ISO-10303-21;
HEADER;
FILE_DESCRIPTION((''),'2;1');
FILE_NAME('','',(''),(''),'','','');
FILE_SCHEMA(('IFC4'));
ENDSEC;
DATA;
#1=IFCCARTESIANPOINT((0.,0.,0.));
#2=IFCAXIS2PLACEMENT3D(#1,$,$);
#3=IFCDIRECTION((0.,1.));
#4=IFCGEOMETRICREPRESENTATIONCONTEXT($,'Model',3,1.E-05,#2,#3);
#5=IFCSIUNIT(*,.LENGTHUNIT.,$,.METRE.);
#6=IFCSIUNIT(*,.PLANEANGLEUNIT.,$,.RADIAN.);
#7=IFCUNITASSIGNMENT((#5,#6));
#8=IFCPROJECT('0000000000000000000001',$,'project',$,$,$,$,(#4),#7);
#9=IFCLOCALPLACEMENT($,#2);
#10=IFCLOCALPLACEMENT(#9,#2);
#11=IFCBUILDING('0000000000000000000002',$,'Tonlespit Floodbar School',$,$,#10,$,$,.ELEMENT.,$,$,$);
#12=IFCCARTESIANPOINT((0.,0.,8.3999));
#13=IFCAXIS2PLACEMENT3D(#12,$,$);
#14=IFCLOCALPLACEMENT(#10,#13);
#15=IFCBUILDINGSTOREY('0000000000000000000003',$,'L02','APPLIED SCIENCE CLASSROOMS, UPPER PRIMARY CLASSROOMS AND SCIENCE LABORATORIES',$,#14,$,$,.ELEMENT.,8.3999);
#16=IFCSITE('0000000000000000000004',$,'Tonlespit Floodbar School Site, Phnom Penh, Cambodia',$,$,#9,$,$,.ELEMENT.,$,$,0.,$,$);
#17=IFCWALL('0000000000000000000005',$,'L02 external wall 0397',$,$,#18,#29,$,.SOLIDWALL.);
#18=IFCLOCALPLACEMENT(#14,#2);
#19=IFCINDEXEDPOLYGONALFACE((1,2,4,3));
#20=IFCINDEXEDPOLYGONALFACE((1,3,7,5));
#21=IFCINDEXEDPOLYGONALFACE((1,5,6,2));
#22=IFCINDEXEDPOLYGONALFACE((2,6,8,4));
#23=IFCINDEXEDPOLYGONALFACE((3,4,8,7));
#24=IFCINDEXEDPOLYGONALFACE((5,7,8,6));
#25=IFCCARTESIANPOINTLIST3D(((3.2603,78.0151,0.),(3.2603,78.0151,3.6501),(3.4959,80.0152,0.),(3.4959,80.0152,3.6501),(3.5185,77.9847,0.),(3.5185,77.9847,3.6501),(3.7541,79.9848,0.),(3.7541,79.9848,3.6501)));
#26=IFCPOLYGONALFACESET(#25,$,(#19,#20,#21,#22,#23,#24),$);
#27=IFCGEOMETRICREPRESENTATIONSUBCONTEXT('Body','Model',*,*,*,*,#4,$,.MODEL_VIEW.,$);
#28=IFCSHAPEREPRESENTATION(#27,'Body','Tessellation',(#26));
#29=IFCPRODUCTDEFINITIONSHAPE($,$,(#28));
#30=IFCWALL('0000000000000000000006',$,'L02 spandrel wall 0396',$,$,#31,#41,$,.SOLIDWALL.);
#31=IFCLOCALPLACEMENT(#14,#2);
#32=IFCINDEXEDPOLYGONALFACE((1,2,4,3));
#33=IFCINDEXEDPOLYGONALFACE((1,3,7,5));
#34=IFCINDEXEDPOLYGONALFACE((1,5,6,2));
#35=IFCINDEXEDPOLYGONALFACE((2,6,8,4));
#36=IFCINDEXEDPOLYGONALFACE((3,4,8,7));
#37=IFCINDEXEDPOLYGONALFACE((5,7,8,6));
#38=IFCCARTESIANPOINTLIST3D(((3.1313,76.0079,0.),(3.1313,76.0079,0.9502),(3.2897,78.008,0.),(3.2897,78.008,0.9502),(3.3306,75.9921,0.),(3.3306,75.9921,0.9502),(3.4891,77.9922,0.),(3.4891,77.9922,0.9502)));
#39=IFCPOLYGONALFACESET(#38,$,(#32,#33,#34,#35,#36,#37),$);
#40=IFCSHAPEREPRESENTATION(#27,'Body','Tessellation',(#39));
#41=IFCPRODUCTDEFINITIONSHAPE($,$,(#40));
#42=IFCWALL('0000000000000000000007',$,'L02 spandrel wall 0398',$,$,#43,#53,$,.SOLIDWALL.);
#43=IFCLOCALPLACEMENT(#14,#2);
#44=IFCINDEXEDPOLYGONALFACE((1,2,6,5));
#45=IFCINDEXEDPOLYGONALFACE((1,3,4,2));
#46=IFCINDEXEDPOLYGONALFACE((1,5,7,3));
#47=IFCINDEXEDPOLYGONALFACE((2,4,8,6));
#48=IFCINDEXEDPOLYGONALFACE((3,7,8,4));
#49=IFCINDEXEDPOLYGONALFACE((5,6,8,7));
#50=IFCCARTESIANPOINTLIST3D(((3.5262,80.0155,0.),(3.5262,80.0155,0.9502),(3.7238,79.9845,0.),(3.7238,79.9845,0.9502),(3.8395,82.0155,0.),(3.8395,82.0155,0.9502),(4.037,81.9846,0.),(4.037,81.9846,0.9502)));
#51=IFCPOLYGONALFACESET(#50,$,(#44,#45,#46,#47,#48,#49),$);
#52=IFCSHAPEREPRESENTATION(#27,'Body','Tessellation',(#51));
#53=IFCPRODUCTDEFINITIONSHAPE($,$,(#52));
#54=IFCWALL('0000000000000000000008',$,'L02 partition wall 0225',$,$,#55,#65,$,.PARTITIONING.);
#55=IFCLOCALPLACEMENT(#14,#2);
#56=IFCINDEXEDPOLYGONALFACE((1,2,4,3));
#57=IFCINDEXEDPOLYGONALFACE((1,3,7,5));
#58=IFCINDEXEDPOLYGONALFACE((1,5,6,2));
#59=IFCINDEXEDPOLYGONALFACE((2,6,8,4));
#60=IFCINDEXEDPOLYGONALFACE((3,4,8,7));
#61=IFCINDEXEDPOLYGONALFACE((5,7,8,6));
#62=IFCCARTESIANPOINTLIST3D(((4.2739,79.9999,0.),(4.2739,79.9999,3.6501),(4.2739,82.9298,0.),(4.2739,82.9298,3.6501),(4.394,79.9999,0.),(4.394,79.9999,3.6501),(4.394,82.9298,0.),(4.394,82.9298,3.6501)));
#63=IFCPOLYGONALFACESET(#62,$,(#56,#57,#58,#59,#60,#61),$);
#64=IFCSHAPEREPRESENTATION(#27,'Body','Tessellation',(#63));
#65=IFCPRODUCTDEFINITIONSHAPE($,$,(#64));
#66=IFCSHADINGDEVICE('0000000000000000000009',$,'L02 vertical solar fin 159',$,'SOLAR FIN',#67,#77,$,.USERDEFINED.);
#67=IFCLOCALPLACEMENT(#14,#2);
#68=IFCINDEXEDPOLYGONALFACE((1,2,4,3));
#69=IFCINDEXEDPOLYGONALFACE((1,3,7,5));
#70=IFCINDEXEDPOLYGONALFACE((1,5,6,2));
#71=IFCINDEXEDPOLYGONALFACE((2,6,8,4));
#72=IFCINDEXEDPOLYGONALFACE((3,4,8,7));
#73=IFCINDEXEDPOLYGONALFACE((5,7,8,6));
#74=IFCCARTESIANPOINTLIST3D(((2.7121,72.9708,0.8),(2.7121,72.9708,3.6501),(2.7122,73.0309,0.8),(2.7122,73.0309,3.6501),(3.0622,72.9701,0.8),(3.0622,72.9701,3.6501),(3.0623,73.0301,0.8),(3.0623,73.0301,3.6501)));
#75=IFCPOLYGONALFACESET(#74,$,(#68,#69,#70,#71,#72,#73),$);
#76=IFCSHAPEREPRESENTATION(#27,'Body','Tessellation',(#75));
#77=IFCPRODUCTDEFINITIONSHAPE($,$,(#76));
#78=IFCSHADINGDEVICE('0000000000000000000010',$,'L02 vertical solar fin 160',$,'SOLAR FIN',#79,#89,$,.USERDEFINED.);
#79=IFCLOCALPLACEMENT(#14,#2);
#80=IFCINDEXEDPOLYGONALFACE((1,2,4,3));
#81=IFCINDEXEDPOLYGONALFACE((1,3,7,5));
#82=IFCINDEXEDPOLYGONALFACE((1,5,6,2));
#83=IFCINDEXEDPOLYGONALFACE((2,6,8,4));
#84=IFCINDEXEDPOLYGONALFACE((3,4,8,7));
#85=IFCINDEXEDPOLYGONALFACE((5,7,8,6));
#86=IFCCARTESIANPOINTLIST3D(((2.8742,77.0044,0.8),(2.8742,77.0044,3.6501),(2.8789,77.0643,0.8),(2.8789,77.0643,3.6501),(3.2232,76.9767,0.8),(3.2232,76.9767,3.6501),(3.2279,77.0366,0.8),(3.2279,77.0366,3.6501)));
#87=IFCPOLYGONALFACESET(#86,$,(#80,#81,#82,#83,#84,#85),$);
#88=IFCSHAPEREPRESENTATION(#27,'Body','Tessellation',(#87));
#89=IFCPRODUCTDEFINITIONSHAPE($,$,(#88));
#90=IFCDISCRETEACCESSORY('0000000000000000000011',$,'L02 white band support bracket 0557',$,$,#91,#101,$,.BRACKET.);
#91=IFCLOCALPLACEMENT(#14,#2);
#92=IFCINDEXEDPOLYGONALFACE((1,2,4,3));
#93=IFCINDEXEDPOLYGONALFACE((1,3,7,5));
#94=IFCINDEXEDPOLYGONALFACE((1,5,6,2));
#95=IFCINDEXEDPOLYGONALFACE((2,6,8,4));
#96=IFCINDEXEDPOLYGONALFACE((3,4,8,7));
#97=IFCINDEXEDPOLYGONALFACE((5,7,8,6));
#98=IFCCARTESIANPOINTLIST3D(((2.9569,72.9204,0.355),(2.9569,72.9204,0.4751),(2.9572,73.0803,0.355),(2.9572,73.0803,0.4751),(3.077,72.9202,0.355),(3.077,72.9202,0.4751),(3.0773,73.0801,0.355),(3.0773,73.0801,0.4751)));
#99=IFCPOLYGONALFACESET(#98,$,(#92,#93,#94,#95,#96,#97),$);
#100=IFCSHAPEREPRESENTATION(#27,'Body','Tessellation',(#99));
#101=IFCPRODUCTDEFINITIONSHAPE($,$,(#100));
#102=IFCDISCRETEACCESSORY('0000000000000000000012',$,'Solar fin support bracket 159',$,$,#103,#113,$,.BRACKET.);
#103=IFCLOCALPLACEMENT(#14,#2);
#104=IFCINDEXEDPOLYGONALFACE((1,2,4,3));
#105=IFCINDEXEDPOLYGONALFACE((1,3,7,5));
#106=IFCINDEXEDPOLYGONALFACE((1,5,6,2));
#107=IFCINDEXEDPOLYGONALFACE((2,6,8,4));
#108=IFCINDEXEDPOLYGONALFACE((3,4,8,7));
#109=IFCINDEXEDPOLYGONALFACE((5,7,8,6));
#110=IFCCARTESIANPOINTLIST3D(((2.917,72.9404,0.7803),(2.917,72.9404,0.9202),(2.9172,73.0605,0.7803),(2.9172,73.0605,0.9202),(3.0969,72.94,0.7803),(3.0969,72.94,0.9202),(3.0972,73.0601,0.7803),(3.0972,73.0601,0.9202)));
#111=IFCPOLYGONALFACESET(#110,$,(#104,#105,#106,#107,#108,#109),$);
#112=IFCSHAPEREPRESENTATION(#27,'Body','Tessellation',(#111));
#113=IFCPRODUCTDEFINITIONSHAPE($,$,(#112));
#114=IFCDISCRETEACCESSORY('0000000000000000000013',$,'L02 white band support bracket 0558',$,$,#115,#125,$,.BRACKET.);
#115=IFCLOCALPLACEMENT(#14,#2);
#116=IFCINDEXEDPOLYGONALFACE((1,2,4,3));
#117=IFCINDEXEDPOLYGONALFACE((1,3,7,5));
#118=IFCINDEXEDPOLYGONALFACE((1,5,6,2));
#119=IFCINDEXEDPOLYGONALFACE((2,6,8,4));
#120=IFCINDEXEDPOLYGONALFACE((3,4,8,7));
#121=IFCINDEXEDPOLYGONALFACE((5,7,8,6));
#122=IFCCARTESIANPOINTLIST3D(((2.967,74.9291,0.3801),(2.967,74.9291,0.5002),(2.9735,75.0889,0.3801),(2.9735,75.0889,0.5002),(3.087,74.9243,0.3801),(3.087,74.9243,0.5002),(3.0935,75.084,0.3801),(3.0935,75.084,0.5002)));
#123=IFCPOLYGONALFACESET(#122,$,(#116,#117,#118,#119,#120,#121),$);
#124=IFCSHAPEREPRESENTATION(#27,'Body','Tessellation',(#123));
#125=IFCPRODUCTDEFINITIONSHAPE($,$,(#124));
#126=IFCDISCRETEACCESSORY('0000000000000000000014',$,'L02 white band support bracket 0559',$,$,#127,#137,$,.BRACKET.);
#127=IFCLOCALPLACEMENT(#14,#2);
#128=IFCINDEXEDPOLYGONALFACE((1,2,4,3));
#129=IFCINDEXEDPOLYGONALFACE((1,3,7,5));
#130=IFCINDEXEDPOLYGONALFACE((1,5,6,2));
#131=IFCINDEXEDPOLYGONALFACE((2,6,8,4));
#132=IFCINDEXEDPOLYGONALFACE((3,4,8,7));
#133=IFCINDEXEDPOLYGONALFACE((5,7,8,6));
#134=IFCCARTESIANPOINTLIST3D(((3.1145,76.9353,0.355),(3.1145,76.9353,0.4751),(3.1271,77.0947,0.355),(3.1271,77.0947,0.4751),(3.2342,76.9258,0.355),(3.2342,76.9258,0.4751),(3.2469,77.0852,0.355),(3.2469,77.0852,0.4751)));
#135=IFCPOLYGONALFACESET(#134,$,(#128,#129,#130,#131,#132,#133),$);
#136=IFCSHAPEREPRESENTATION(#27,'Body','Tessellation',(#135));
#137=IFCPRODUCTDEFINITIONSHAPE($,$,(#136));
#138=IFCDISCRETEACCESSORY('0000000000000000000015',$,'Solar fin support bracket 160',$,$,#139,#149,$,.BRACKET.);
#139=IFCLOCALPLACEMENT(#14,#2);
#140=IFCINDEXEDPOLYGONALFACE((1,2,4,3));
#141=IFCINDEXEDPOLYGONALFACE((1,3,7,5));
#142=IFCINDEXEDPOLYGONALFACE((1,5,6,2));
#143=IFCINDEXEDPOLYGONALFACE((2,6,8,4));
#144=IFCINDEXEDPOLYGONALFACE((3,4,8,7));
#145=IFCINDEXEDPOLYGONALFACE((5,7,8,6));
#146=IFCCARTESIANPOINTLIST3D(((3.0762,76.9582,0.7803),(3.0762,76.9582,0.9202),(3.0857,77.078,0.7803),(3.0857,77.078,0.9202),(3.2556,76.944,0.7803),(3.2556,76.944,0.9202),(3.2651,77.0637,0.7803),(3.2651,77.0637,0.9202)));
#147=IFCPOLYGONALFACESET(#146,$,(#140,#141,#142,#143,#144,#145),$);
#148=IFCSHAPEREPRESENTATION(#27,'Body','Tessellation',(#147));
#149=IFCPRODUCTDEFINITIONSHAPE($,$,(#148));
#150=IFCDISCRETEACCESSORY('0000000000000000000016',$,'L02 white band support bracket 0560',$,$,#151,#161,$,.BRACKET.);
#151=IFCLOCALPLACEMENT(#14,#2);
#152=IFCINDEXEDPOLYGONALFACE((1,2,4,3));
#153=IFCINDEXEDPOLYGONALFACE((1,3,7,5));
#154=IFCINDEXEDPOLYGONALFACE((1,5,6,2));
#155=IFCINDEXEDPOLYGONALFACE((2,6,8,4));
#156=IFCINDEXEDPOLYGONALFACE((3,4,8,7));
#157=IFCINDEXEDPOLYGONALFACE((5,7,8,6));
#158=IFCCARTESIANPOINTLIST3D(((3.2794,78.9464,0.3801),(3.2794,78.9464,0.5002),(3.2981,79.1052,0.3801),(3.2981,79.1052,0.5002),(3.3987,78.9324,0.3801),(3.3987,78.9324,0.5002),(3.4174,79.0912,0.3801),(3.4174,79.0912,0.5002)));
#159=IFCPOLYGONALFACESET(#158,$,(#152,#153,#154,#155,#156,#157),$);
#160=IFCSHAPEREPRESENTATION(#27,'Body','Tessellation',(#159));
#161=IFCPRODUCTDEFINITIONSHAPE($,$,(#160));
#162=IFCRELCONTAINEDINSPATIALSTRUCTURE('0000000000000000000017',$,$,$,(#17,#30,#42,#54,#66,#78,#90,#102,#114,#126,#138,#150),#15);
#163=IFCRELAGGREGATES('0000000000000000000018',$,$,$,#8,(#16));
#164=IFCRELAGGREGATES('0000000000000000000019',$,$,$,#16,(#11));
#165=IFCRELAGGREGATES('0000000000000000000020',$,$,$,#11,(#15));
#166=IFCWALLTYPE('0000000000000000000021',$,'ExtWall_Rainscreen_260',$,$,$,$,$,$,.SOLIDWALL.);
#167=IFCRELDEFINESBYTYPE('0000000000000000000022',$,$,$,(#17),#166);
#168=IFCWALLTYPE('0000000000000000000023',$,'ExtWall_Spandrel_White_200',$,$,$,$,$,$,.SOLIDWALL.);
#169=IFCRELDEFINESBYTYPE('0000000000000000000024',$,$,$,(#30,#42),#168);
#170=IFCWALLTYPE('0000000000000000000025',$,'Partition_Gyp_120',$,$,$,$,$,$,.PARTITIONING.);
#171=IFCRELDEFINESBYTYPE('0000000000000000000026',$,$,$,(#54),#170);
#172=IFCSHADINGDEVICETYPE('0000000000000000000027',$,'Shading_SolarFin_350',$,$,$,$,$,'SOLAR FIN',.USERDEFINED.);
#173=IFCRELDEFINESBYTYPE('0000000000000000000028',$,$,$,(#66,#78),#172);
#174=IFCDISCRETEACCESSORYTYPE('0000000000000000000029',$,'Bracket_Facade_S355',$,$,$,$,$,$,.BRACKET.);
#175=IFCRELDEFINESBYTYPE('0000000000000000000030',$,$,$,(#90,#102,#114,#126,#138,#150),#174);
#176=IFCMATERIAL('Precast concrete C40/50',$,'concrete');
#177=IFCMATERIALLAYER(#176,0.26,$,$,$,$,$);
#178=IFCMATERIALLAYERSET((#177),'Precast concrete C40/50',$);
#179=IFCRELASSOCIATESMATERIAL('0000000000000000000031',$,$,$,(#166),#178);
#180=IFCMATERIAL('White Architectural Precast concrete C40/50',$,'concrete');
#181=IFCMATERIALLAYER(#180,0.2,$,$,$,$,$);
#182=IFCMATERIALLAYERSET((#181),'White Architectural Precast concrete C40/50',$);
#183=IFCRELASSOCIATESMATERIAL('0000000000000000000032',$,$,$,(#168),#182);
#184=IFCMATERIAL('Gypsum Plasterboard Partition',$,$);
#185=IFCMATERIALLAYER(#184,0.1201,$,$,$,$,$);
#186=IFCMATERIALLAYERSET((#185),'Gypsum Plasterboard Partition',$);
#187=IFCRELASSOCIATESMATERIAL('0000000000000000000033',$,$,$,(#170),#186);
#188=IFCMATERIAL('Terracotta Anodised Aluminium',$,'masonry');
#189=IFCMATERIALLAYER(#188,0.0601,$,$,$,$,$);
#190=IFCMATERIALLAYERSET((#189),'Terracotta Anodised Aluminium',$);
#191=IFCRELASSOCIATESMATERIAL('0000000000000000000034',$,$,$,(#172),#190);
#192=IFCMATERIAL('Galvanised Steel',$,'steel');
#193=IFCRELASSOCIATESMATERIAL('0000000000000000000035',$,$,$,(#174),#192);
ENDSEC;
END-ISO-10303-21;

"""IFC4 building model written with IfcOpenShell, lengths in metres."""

from ifc_helpers import new_model, si_unit, direction, frame, frame_2d, origin, origin_2d, place, context, subcontext, project, spatial, rectangle, extrude, material, layer, layer_set, type_object, element, save


model = new_model("IFC4")

# Units and contexts
model_context = context("Model", 3, precision=1e-05, world=origin(), true_north=direction((0.0, 1.0)))
body_context = subcontext(model_context, "Body", "Model", "MODEL_VIEW")
ifc_project = project(units=[si_unit("LENGTHUNIT", "METRE"), si_unit("PLANEANGLEUNIT", "RADIAN")], contexts=[model_context])

# Site, building, storey
site_placement = place(None, origin())
site = spatial("IfcSite", under=ifc_project, at=site_placement, Name="Tonlespit Floodbar School Site, Phnom Penh, Cambodia", CompositionType="ELEMENT", RefElevation=0.0)
building_placement = place(site_placement, origin())
building = spatial("IfcBuilding", under=site, at=building_placement, Name="Tonlespit Floodbar School", CompositionType="ELEMENT")
storey_placement = place(building_placement, frame((0.0, 0.0, 8.3999)))
storey = spatial("IfcBuildingStorey", under=building, at=storey_placement, Name="L02", Description="APPLIED SCIENCE CLASSROOMS, UPPER PRIMARY CLASSROOMS AND SCIENCE LABORATORIES", CompositionType="ELEMENT", Elevation=8.3999)

# Walls
ifc_material_1 = material(Name="Precast concrete C40/50", Category="concrete")
ifc_layer_1 = layer(ifc_material_1, 0.26)
ifc_layer_set_1 = layer_set([ifc_layer_1], Name="Precast concrete C40/50")
wall_type_1 = type_object("IfcWallType", Name="ExtWall_Rainscreen_260", PredefinedType="SOLIDWALL", material=ifc_layer_set_1)
wall_1_placement = place(storey_placement, frame((3.3894, 78.0, 0.0), z_axis=(0.0, 0.0, 1.0), x_axis=(0.116989, 0.993133, 0.0)))
element("IfcWall", 1, at=wall_1_placement, inside=storey, type_object=wall_type_1, Name="L02 external wall 0397", PredefinedType="SOLIDWALL", context=body_context, shape_type="SweptSolid", body=[
    extrude(rectangle(XDim=2.0139, YDim=0.26, at=frame_2d((1.0068, 0.0))), origin(), (0.0, 0.0, 1.0), 3.6501),
])
ifc_material_2 = material(Name="White Architectural Precast concrete C40/50", Category="concrete")
ifc_layer_2 = layer(ifc_material_2, 0.2)
ifc_layer_set_2 = layer_set([ifc_layer_2], Name="White Architectural Precast concrete C40/50")
wall_type_2 = type_object("IfcWallType", Name="ExtWall_Spandrel_White_200", PredefinedType="SOLIDWALL", material=ifc_layer_set_2)
wall_2_placement = place(storey_placement, frame((3.231, 76.0, 0.0), z_axis=(0.0, 0.0, 1.0), x_axis=(0.078976, 0.996877, 0.0)))
element("IfcWall", 2, at=wall_2_placement, inside=storey, type_object=wall_type_2, Name="L02 spandrel wall 0396", PredefinedType="SOLIDWALL", context=body_context, shape_type="SweptSolid", body=[
    extrude(rectangle(XDim=2.0063, YDim=0.2, at=frame_2d((1.0032, 0.0))), origin(), (0.0, 0.0, 1.0), 0.9502),
])
wall_3_placement = place(storey_placement, frame((3.625, 80.0, 0.0), z_axis=(0.0, 0.0, 1.0), x_axis=(0.15473, 0.987957, 0.0)))
element("IfcWall", 3, at=wall_3_placement, inside=storey, type_object=wall_type_2, Name="L02 spandrel wall 0398", PredefinedType="SOLIDWALL", context=body_context, shape_type="SweptSolid", body=[
    extrude(rectangle(XDim=2.0244, YDim=0.2, at=frame_2d((1.0122, 0.0))), origin(), (0.0, 0.0, 1.0), 0.9502),
])
ifc_material_3 = material(Name="Gypsum Plasterboard Partition")
ifc_layer_3 = layer(ifc_material_3, 0.1201)
ifc_layer_set_3 = layer_set([ifc_layer_3], Name="Gypsum Plasterboard Partition")
wall_type_3 = type_object("IfcWallType", Name="Partition_Gyp_120", PredefinedType="PARTITIONING", material=ifc_layer_set_3)
wall_4_placement = place(storey_placement, frame((4.334, 80.0, 0.0), z_axis=(0.0, 0.0, 1.0), x_axis=(0.0, 1.0, 0.0)))
element("IfcWall", 4, at=wall_4_placement, inside=storey, type_object=wall_type_3, Name="L02 partition wall 0225", PredefinedType="PARTITIONING", context=body_context, shape_type="SweptSolid", body=[
    extrude(rectangle(XDim=2.9299, YDim=0.1201, at=frame_2d((1.4648, 0.0))), origin(), (0.0, 0.0, 1.0), 3.6501),
])

# Shading devices
ifc_material_4 = material(Name="Terracotta Anodised Aluminium", Category="masonry")
ifc_layer_4 = layer(ifc_material_4, 0.0601)
ifc_layer_set_4 = layer_set([ifc_layer_4], Name="Terracotta Anodised Aluminium")
shading_device_type = type_object("IfcShadingDeviceType", Name="Shading_SolarFin_350", ElementType="SOLAR FIN", PredefinedType="USERDEFINED", material=ifc_layer_set_4)
for number, where, z_axis, x_axis, name in (
    (5, (2.8872, 73.0005, 0.8), (0.0, 0.0, 1.0), (0.002201, 0.999998, 0.0), "L02 vertical solar fin 159"),
    (6, (3.051, 77.0205, 0.8), (0.0, 0.0, 1.0), (0.079002, 0.996874, 0.0), "L02 vertical solar fin 160"),
):
    element("IfcShadingDevice", number, at=place(storey_placement, frame(where, z_axis=z_axis, x_axis=x_axis)), inside=storey, type_object=shading_device_type, Name=name, ObjectType="SOLAR FIN", PredefinedType="USERDEFINED", context=body_context, shape_type="SweptSolid", body=[
        extrude(rectangle(XDim=0.0601, YDim=0.3501, at=origin_2d()), origin(), (0.0, 0.0, 1.0), 2.8501),
    ])

# Discrete accessories
ifc_material_5 = material(Name="Galvanised Steel", Category="steel")
discrete_accessory_type = type_object("IfcDiscreteAccessoryType", Name="Bracket_Facade_S355", PredefinedType="BRACKET", material=ifc_material_5)
discrete_accessory_1_placement = place(storey_placement, frame((3.0171, 73.0002, 0.355), z_axis=(0.0, 0.0, 1.0), x_axis=(0.002201, 0.999998, 0.0)))
element("IfcDiscreteAccessory", 7, at=discrete_accessory_1_placement, inside=storey, type_object=discrete_accessory_type, Name="L02 white band support bracket 0557", PredefinedType="BRACKET", context=body_context, shape_type="SweptSolid", body=[
    extrude(rectangle(XDim=0.1599, YDim=0.1201, at=origin_2d()), origin(), (0.0, 0.0, 1.0), 0.1201),
])
discrete_accessory_2_placement = place(storey_placement, frame((3.0071, 73.0002, 0.7803), z_axis=(0.0, 0.0, 1.0), x_axis=(0.002201, 0.999998, 0.0)))
element("IfcDiscreteAccessory", 8, at=discrete_accessory_2_placement, inside=storey, type_object=discrete_accessory_type, Name="Solar fin support bracket 159", PredefinedType="BRACKET", context=body_context, shape_type="SweptSolid", body=[
    extrude(rectangle(XDim=0.1201, YDim=0.1799, at=origin_2d()), origin(), (0.0, 0.0, 1.0), 0.1399),
])
for number, where, z_axis, x_axis, name in (
    (9, (3.0303, 75.0066, 0.3801), (0.0, 0.0, 1.0), (0.040716, 0.999171, 0.0), "L02 white band support bracket 0558"),
    (10, (3.1807, 77.0103, 0.355), (0.0, 0.0, 1.0), (0.079002, 0.996874, 0.0), "L02 white band support bracket 0559"),
):
    element("IfcDiscreteAccessory", number, at=place(storey_placement, frame(where, z_axis=z_axis, x_axis=x_axis)), inside=storey, type_object=discrete_accessory_type, Name=name, PredefinedType="BRACKET", context=body_context, shape_type="SweptSolid", body=[
        extrude(rectangle(XDim=0.1599, YDim=0.1201, at=origin_2d()), origin(), (0.0, 0.0, 1.0), 0.1201),
    ])
discrete_accessory_3_placement = place(storey_placement, frame((3.1707, 77.011, 0.7803), z_axis=(0.0, 0.0, 1.0), x_axis=(0.079002, 0.996874, 0.0)))
element("IfcDiscreteAccessory", 11, at=discrete_accessory_3_placement, inside=storey, type_object=discrete_accessory_type, Name="Solar fin support bracket 160", PredefinedType="BRACKET", context=body_context, shape_type="SweptSolid", body=[
    extrude(rectangle(XDim=0.1201, YDim=0.1799, at=origin_2d()), origin(), (0.0, 0.0, 1.0), 0.1399),
])
discrete_accessory_4_placement = place(storey_placement, frame((3.3484, 79.0188, 0.3801), z_axis=(0.0, 0.0, 1.0), x_axis=(0.116991, 0.993133, 0.0)))
element("IfcDiscreteAccessory", 12, at=discrete_accessory_4_placement, inside=storey, type_object=discrete_accessory_type, Name="L02 white band support bracket 0560", PredefinedType="BRACKET", context=body_context, shape_type="SweptSolid", body=[
    extrude(rectangle(XDim=0.1599, YDim=0.1201, at=origin_2d()), origin(), (0.0, 0.0, 1.0), 0.1201),
])

save(model, "model.ifc")
